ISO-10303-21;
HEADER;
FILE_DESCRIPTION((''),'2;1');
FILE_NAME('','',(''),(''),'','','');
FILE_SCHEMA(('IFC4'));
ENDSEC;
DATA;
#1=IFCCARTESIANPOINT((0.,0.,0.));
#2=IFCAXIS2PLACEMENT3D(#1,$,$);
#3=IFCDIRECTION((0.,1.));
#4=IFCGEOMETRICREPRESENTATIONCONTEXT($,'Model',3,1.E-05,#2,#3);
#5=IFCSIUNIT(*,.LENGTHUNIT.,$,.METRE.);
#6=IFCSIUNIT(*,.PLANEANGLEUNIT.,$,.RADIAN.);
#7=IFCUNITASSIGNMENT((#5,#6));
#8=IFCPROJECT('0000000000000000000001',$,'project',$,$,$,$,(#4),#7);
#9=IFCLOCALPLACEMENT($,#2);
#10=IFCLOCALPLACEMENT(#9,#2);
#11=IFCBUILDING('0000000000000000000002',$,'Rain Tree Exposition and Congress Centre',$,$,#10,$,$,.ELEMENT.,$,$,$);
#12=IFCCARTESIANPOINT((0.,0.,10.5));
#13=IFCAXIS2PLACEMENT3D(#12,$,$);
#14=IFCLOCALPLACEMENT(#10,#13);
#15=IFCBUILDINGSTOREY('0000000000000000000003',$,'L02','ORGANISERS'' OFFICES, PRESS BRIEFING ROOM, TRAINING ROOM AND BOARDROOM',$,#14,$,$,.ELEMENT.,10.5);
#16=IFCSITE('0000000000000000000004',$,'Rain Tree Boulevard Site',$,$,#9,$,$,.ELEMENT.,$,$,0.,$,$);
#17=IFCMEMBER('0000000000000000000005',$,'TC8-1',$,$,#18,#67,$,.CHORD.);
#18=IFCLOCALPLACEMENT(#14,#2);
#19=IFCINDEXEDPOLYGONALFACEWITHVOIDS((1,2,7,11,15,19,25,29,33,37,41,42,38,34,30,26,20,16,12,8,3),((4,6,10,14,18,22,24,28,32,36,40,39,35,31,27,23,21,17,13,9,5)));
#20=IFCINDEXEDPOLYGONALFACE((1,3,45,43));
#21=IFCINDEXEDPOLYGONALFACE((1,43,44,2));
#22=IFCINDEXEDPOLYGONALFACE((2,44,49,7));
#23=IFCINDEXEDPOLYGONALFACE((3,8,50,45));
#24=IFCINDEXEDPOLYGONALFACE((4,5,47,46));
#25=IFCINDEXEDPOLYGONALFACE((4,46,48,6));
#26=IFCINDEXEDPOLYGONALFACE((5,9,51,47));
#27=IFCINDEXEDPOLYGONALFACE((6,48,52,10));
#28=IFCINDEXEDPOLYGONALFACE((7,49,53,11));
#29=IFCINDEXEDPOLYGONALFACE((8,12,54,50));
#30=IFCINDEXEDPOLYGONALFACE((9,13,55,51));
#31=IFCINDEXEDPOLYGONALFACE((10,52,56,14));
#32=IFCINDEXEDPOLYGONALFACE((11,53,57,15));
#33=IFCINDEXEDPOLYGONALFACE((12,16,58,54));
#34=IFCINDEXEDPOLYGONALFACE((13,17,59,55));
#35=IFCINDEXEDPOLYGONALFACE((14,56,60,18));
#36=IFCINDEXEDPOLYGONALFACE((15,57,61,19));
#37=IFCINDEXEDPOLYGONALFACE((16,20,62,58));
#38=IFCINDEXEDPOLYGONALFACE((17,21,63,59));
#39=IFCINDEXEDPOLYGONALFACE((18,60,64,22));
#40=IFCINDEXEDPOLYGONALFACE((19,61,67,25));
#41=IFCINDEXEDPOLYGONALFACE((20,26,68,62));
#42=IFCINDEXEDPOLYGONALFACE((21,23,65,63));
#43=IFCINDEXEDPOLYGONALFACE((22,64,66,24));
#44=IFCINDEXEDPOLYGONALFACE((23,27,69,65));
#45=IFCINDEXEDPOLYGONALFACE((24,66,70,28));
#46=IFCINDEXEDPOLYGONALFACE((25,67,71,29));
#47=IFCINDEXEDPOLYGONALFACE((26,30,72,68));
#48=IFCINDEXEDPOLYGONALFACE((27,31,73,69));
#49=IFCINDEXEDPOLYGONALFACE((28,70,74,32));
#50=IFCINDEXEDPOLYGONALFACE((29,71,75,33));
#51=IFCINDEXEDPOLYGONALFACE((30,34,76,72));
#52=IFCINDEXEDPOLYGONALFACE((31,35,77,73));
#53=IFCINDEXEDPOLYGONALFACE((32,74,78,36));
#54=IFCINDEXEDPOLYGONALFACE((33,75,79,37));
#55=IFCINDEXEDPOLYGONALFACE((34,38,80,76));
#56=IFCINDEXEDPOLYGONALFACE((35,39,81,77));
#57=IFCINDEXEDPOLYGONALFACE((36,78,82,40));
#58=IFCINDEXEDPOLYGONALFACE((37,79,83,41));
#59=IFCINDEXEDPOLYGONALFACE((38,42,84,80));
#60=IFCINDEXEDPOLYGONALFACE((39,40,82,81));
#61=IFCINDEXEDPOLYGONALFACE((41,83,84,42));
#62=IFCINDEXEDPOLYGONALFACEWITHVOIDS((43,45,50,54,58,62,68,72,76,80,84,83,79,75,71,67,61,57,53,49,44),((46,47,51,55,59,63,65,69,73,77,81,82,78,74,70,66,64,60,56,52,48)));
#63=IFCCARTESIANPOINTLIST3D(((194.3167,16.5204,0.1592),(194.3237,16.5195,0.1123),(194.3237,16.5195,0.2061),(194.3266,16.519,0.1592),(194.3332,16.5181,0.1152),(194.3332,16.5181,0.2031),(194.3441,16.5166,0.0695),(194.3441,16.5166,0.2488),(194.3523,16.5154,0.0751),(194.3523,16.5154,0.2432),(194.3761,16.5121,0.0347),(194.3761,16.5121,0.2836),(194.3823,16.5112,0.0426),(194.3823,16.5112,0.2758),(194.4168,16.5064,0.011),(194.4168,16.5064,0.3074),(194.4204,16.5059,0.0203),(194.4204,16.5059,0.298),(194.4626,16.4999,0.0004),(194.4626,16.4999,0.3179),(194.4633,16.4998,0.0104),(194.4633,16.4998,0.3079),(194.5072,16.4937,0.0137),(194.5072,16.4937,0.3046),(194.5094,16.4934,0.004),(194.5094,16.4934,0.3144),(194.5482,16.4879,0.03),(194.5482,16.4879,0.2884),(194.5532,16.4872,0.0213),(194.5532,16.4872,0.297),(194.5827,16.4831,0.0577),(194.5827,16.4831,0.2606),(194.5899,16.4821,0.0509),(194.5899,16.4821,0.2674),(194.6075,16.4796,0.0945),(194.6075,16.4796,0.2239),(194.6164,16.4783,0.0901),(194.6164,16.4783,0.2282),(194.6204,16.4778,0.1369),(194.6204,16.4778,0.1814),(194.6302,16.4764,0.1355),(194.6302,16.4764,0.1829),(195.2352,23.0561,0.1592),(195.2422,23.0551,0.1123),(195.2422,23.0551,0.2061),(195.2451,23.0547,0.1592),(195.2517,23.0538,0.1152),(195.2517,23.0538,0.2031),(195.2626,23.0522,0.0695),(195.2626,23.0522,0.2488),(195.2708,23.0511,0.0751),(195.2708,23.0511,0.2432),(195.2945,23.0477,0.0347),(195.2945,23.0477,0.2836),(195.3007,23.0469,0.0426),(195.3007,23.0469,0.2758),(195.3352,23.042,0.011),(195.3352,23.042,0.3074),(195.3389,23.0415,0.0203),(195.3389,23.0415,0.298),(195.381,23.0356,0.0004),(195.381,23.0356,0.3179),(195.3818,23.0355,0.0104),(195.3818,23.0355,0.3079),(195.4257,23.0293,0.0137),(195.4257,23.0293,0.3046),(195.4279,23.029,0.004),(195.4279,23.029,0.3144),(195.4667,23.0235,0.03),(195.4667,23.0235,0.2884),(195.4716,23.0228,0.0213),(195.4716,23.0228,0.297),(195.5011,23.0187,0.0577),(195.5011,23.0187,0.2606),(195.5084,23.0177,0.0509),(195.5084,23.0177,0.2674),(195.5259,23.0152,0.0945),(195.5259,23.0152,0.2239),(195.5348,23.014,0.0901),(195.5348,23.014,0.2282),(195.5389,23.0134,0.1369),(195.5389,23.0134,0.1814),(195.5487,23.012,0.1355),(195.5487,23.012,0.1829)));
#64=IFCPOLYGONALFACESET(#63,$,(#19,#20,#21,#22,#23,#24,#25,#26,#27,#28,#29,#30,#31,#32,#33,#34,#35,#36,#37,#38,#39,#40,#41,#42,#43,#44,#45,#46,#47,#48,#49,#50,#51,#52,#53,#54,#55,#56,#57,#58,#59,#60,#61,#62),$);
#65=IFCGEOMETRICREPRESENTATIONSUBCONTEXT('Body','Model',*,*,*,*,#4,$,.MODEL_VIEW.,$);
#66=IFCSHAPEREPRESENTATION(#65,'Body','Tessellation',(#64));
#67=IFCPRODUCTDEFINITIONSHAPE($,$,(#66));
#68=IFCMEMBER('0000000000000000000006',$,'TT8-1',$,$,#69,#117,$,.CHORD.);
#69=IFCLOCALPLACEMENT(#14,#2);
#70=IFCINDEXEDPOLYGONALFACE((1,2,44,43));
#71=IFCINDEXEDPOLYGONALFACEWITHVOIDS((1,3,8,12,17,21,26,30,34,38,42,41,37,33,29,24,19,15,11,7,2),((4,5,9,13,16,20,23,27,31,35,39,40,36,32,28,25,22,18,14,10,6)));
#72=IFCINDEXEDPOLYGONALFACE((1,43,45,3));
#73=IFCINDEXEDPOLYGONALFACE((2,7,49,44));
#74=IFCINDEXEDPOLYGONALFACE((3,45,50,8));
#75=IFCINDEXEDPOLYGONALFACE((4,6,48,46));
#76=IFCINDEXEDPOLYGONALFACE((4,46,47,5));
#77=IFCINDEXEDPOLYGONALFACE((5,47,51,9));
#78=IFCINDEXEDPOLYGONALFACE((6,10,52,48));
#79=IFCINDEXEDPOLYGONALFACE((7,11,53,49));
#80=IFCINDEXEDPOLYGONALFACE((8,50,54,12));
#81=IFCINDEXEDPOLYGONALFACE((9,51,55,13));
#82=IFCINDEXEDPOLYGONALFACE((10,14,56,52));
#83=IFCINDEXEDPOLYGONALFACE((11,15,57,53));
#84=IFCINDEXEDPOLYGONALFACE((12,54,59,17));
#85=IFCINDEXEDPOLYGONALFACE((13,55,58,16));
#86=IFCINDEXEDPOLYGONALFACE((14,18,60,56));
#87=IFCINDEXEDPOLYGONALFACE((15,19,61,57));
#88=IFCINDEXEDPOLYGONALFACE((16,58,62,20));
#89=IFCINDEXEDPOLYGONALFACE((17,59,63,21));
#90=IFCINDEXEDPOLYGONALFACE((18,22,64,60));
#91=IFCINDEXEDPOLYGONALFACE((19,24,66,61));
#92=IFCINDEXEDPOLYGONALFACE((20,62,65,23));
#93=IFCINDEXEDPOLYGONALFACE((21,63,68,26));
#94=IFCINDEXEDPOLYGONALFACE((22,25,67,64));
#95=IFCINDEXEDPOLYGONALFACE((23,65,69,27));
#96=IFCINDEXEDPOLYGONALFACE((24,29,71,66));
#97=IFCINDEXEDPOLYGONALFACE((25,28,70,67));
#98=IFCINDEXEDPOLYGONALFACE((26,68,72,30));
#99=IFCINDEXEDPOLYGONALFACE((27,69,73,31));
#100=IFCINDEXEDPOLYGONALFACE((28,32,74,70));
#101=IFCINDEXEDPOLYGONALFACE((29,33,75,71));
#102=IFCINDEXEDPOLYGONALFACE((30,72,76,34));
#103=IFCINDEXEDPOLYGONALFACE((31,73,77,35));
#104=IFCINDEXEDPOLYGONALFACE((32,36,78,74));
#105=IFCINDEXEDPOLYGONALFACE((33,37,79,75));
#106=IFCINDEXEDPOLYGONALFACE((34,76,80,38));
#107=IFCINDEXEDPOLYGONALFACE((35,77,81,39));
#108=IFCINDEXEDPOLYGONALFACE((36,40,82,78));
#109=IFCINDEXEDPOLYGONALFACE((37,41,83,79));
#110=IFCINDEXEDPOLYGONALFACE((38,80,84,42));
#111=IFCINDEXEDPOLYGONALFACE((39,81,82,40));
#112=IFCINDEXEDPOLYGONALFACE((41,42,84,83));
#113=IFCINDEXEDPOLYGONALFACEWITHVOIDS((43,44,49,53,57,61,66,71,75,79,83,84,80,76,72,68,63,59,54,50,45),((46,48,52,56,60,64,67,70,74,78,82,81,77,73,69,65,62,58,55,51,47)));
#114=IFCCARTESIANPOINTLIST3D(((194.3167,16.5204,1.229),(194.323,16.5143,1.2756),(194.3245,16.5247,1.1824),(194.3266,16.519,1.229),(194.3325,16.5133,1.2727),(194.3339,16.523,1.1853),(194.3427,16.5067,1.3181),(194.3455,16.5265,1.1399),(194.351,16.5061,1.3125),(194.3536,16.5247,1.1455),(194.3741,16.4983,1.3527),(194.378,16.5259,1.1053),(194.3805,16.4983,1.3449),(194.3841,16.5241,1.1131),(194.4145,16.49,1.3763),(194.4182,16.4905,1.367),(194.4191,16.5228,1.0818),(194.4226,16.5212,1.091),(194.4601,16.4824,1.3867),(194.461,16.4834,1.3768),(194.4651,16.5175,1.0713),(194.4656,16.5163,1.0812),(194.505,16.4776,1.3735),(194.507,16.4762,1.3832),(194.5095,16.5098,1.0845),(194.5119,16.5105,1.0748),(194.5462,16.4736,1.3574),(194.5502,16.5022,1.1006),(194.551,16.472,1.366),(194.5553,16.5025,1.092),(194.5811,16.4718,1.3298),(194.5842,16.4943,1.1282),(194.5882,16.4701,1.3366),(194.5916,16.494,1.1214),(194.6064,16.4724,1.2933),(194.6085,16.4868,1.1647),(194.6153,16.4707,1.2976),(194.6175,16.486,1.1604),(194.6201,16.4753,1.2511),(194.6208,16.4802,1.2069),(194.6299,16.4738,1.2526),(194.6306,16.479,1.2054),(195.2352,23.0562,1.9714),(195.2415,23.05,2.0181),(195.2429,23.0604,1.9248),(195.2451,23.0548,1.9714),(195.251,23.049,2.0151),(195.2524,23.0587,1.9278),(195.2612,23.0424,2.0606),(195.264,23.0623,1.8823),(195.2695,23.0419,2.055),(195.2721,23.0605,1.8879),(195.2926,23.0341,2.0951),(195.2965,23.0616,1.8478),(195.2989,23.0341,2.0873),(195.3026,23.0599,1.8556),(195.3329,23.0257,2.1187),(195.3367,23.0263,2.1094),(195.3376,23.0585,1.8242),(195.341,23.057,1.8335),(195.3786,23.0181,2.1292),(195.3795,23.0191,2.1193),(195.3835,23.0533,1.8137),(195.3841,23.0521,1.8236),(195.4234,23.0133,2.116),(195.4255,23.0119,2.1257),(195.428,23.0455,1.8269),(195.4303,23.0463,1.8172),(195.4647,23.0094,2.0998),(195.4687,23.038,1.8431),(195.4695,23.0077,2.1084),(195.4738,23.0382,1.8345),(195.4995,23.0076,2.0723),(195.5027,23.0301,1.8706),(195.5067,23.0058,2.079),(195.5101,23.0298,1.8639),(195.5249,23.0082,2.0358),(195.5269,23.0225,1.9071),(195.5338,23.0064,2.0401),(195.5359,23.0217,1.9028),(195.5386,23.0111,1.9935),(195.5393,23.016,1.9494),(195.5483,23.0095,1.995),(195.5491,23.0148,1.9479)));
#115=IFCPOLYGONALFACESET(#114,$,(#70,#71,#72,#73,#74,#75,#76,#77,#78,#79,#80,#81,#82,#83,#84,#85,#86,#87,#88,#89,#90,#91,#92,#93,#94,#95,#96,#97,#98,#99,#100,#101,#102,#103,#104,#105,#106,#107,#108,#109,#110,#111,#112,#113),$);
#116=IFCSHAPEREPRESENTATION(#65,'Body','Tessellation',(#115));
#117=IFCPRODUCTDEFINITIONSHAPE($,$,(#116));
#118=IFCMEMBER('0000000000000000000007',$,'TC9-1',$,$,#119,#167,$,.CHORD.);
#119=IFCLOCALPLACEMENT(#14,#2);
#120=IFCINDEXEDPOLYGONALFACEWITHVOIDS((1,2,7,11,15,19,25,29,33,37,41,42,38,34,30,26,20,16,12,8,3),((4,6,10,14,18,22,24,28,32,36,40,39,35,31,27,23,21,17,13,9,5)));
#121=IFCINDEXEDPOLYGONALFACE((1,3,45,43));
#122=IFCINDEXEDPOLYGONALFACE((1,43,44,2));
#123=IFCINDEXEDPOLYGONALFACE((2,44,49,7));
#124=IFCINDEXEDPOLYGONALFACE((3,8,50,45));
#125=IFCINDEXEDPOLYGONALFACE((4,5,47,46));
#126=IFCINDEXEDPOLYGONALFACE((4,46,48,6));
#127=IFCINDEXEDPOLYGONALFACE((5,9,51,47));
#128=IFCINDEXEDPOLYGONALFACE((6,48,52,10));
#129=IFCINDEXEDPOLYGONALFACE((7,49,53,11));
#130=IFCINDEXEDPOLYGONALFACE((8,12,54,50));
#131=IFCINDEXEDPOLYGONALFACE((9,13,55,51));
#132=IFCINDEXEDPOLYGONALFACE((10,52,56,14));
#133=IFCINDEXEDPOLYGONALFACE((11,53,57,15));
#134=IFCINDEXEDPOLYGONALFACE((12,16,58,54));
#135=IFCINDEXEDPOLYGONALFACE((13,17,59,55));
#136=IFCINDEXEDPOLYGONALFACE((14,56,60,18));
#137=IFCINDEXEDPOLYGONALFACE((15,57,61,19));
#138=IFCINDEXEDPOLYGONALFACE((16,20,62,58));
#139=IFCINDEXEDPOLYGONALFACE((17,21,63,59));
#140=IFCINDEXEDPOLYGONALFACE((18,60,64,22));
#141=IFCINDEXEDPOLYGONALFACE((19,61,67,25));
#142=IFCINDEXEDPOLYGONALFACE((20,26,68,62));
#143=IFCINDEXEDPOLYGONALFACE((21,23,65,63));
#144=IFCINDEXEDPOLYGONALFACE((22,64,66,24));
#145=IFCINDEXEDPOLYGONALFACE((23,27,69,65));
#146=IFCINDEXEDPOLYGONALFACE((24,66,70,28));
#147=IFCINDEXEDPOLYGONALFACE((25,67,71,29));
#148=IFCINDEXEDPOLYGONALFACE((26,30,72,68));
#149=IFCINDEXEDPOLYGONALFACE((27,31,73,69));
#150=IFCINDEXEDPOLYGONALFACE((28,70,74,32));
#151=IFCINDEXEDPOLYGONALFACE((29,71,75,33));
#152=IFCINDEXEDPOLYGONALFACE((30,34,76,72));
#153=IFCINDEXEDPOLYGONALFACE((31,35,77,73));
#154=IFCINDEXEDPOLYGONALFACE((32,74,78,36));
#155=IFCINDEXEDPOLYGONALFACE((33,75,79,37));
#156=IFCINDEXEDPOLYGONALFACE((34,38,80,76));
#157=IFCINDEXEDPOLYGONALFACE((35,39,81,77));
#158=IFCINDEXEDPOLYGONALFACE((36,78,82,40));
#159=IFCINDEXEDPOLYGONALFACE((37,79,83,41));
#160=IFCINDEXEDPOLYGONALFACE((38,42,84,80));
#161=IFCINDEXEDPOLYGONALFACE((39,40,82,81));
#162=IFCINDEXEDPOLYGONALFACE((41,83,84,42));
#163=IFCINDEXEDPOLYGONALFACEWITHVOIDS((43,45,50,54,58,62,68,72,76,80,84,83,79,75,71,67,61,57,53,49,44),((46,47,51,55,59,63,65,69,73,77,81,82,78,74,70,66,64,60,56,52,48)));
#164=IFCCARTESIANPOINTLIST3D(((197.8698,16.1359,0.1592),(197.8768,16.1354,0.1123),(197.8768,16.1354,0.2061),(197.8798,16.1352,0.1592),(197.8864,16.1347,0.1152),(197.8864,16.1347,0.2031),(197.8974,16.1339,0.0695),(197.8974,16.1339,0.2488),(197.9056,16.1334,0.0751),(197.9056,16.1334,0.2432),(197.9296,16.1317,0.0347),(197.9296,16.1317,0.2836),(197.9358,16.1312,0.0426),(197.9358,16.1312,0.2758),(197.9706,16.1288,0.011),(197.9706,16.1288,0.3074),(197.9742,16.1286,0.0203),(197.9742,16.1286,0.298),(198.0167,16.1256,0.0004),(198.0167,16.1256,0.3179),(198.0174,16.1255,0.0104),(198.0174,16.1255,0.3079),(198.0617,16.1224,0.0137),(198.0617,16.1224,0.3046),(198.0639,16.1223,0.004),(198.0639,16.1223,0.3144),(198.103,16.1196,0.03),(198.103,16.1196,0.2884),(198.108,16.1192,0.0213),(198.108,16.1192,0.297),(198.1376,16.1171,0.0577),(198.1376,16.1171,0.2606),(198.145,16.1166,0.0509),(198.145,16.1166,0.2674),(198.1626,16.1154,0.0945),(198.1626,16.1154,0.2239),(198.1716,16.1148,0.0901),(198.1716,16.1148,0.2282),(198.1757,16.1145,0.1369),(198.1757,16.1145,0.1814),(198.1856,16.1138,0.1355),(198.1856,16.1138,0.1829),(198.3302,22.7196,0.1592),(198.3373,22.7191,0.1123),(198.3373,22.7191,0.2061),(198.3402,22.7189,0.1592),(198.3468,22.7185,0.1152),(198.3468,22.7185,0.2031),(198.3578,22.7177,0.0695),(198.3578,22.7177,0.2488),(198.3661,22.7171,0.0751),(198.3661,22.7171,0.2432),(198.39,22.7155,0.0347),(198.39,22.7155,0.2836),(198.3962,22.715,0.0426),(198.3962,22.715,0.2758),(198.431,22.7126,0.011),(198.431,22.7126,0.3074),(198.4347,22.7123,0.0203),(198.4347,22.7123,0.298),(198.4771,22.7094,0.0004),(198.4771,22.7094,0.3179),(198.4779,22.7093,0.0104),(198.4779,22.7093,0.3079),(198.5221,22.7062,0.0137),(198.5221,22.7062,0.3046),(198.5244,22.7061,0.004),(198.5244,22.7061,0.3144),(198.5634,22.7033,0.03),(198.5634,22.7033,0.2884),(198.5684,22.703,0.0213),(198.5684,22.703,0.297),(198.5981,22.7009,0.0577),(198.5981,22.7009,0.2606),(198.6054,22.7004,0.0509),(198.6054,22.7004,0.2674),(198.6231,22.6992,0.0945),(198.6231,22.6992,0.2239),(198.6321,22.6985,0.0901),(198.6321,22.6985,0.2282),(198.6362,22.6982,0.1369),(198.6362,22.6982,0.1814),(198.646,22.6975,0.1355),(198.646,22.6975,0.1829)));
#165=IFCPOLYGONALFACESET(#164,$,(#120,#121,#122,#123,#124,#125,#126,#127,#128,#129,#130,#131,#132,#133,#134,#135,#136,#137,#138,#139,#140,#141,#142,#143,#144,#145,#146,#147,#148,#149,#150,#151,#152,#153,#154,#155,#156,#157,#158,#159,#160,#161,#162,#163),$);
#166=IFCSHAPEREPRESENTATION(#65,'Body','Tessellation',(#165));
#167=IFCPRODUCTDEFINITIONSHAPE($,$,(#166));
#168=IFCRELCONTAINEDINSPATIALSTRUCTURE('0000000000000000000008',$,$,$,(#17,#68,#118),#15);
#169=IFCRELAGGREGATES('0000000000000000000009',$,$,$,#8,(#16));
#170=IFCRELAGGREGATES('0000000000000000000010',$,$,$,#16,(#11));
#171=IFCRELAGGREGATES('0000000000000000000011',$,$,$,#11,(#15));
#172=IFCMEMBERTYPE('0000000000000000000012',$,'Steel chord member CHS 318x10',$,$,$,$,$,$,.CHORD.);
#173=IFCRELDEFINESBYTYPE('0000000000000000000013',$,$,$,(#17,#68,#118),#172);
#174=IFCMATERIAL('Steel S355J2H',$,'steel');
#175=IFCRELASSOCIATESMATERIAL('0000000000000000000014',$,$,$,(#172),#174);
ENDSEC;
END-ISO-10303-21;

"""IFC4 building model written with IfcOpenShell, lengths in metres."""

from ifc_helpers import new_model, si_unit, direction, frame, origin, origin_2d, place, context, subcontext, project, spatial, hollow_circle, extrude, material, material_profile, profile_set, type_object, element, save


model = new_model("IFC4")

# Units and contexts
model_context = context("Model", 3, precision=1e-05, world=origin(), true_north=direction((0.0, 1.0)))
body_context = subcontext(model_context, "Body", "Model", "MODEL_VIEW")
ifc_project = project(units=[si_unit("LENGTHUNIT", "METRE"), si_unit("PLANEANGLEUNIT", "RADIAN")], contexts=[model_context])

# Site, building, storey
site_placement = place(None, origin())
site = spatial("IfcSite", under=ifc_project, at=site_placement, Name="Rain Tree Boulevard Site", CompositionType="ELEMENT", RefElevation=0.0)
building_placement = place(site_placement, origin())
building = spatial("IfcBuilding", under=site, at=building_placement, Name="Rain Tree Exposition and Congress Centre", CompositionType="ELEMENT")
storey_placement = place(building_placement, frame((0.0, 0.0, 10.5)))
storey = spatial("IfcBuildingStorey", under=building, at=storey_placement, Name="L02", Description="ORGANISERS' OFFICES, PRESS BRIEFING ROOM, TRAINING ROOM AND BOARDROOM", CompositionType="ELEMENT", Elevation=10.5)

# Members
ifc_material_1 = material(Name="Steel S355J2H", Category="steel")
ifc_material_profile_1 = material_profile(ifc_material_1, hollow_circle(Radius=0.1592, WallThickness=0.01, at=origin_2d()), Name="CHS 318x10")
ifc_profile_set_1 = profile_set([ifc_material_profile_1], Name="Steel S355J2H")
member_type_1 = type_object("IfcMemberType", Name="Steel chord member CHS 318x10", PredefinedType="CHORD", material=ifc_profile_set_1)
member_1_placement = place(storey_placement, frame((194.4744, 16.4983, 0.1592), z_axis=(0.139163, 0.990269, 0.0), x_axis=(-0.990269, 0.139163, 0.0)))
element("IfcMember", 1, at=member_1_placement, inside=storey, type_object=member_type_1, Name="TC8-1", PredefinedType="CHORD", context=body_context, shape_type="SweptSolid", body=[
    extrude(hollow_circle(Radius=0.1592, WallThickness=0.01, at=origin_2d()), origin(), (0.0, 0.0, 1.0), 6.5999),
])
member_2_placement = place(storey_placement, frame((194.4744, 16.4983, 1.229), z_axis=(0.138291, 0.984063, 0.111787), x_axis=(-0.990269, 0.139163, 0.0)))
element("IfcMember", 2, at=member_2_placement, inside=storey, type_object=member_type_1, Name="TT8-1", PredefinedType="CHORD", context=body_context, shape_type="SweptSolid", body=[
    extrude(hollow_circle(Radius=0.1592, WallThickness=0.01, at=origin_2d()), origin(), (0.0, 0.0, 1.0), 6.6416),
])
member_3_placement = place(storey_placement, frame((198.0286, 16.1248, 0.1592), z_axis=(0.069767, 0.997563, 0.0), x_axis=(-0.997563, 0.069767, 0.0)))
element("IfcMember", 3, at=member_3_placement, inside=storey, type_object=member_type_1, Name="TC9-1", PredefinedType="CHORD", context=body_context, shape_type="SweptSolid", body=[
    extrude(hollow_circle(Radius=0.1592, WallThickness=0.01, at=origin_2d()), origin(), (0.0, 0.0, 1.0), 6.5999),
])

save(model, "model.ifc")
